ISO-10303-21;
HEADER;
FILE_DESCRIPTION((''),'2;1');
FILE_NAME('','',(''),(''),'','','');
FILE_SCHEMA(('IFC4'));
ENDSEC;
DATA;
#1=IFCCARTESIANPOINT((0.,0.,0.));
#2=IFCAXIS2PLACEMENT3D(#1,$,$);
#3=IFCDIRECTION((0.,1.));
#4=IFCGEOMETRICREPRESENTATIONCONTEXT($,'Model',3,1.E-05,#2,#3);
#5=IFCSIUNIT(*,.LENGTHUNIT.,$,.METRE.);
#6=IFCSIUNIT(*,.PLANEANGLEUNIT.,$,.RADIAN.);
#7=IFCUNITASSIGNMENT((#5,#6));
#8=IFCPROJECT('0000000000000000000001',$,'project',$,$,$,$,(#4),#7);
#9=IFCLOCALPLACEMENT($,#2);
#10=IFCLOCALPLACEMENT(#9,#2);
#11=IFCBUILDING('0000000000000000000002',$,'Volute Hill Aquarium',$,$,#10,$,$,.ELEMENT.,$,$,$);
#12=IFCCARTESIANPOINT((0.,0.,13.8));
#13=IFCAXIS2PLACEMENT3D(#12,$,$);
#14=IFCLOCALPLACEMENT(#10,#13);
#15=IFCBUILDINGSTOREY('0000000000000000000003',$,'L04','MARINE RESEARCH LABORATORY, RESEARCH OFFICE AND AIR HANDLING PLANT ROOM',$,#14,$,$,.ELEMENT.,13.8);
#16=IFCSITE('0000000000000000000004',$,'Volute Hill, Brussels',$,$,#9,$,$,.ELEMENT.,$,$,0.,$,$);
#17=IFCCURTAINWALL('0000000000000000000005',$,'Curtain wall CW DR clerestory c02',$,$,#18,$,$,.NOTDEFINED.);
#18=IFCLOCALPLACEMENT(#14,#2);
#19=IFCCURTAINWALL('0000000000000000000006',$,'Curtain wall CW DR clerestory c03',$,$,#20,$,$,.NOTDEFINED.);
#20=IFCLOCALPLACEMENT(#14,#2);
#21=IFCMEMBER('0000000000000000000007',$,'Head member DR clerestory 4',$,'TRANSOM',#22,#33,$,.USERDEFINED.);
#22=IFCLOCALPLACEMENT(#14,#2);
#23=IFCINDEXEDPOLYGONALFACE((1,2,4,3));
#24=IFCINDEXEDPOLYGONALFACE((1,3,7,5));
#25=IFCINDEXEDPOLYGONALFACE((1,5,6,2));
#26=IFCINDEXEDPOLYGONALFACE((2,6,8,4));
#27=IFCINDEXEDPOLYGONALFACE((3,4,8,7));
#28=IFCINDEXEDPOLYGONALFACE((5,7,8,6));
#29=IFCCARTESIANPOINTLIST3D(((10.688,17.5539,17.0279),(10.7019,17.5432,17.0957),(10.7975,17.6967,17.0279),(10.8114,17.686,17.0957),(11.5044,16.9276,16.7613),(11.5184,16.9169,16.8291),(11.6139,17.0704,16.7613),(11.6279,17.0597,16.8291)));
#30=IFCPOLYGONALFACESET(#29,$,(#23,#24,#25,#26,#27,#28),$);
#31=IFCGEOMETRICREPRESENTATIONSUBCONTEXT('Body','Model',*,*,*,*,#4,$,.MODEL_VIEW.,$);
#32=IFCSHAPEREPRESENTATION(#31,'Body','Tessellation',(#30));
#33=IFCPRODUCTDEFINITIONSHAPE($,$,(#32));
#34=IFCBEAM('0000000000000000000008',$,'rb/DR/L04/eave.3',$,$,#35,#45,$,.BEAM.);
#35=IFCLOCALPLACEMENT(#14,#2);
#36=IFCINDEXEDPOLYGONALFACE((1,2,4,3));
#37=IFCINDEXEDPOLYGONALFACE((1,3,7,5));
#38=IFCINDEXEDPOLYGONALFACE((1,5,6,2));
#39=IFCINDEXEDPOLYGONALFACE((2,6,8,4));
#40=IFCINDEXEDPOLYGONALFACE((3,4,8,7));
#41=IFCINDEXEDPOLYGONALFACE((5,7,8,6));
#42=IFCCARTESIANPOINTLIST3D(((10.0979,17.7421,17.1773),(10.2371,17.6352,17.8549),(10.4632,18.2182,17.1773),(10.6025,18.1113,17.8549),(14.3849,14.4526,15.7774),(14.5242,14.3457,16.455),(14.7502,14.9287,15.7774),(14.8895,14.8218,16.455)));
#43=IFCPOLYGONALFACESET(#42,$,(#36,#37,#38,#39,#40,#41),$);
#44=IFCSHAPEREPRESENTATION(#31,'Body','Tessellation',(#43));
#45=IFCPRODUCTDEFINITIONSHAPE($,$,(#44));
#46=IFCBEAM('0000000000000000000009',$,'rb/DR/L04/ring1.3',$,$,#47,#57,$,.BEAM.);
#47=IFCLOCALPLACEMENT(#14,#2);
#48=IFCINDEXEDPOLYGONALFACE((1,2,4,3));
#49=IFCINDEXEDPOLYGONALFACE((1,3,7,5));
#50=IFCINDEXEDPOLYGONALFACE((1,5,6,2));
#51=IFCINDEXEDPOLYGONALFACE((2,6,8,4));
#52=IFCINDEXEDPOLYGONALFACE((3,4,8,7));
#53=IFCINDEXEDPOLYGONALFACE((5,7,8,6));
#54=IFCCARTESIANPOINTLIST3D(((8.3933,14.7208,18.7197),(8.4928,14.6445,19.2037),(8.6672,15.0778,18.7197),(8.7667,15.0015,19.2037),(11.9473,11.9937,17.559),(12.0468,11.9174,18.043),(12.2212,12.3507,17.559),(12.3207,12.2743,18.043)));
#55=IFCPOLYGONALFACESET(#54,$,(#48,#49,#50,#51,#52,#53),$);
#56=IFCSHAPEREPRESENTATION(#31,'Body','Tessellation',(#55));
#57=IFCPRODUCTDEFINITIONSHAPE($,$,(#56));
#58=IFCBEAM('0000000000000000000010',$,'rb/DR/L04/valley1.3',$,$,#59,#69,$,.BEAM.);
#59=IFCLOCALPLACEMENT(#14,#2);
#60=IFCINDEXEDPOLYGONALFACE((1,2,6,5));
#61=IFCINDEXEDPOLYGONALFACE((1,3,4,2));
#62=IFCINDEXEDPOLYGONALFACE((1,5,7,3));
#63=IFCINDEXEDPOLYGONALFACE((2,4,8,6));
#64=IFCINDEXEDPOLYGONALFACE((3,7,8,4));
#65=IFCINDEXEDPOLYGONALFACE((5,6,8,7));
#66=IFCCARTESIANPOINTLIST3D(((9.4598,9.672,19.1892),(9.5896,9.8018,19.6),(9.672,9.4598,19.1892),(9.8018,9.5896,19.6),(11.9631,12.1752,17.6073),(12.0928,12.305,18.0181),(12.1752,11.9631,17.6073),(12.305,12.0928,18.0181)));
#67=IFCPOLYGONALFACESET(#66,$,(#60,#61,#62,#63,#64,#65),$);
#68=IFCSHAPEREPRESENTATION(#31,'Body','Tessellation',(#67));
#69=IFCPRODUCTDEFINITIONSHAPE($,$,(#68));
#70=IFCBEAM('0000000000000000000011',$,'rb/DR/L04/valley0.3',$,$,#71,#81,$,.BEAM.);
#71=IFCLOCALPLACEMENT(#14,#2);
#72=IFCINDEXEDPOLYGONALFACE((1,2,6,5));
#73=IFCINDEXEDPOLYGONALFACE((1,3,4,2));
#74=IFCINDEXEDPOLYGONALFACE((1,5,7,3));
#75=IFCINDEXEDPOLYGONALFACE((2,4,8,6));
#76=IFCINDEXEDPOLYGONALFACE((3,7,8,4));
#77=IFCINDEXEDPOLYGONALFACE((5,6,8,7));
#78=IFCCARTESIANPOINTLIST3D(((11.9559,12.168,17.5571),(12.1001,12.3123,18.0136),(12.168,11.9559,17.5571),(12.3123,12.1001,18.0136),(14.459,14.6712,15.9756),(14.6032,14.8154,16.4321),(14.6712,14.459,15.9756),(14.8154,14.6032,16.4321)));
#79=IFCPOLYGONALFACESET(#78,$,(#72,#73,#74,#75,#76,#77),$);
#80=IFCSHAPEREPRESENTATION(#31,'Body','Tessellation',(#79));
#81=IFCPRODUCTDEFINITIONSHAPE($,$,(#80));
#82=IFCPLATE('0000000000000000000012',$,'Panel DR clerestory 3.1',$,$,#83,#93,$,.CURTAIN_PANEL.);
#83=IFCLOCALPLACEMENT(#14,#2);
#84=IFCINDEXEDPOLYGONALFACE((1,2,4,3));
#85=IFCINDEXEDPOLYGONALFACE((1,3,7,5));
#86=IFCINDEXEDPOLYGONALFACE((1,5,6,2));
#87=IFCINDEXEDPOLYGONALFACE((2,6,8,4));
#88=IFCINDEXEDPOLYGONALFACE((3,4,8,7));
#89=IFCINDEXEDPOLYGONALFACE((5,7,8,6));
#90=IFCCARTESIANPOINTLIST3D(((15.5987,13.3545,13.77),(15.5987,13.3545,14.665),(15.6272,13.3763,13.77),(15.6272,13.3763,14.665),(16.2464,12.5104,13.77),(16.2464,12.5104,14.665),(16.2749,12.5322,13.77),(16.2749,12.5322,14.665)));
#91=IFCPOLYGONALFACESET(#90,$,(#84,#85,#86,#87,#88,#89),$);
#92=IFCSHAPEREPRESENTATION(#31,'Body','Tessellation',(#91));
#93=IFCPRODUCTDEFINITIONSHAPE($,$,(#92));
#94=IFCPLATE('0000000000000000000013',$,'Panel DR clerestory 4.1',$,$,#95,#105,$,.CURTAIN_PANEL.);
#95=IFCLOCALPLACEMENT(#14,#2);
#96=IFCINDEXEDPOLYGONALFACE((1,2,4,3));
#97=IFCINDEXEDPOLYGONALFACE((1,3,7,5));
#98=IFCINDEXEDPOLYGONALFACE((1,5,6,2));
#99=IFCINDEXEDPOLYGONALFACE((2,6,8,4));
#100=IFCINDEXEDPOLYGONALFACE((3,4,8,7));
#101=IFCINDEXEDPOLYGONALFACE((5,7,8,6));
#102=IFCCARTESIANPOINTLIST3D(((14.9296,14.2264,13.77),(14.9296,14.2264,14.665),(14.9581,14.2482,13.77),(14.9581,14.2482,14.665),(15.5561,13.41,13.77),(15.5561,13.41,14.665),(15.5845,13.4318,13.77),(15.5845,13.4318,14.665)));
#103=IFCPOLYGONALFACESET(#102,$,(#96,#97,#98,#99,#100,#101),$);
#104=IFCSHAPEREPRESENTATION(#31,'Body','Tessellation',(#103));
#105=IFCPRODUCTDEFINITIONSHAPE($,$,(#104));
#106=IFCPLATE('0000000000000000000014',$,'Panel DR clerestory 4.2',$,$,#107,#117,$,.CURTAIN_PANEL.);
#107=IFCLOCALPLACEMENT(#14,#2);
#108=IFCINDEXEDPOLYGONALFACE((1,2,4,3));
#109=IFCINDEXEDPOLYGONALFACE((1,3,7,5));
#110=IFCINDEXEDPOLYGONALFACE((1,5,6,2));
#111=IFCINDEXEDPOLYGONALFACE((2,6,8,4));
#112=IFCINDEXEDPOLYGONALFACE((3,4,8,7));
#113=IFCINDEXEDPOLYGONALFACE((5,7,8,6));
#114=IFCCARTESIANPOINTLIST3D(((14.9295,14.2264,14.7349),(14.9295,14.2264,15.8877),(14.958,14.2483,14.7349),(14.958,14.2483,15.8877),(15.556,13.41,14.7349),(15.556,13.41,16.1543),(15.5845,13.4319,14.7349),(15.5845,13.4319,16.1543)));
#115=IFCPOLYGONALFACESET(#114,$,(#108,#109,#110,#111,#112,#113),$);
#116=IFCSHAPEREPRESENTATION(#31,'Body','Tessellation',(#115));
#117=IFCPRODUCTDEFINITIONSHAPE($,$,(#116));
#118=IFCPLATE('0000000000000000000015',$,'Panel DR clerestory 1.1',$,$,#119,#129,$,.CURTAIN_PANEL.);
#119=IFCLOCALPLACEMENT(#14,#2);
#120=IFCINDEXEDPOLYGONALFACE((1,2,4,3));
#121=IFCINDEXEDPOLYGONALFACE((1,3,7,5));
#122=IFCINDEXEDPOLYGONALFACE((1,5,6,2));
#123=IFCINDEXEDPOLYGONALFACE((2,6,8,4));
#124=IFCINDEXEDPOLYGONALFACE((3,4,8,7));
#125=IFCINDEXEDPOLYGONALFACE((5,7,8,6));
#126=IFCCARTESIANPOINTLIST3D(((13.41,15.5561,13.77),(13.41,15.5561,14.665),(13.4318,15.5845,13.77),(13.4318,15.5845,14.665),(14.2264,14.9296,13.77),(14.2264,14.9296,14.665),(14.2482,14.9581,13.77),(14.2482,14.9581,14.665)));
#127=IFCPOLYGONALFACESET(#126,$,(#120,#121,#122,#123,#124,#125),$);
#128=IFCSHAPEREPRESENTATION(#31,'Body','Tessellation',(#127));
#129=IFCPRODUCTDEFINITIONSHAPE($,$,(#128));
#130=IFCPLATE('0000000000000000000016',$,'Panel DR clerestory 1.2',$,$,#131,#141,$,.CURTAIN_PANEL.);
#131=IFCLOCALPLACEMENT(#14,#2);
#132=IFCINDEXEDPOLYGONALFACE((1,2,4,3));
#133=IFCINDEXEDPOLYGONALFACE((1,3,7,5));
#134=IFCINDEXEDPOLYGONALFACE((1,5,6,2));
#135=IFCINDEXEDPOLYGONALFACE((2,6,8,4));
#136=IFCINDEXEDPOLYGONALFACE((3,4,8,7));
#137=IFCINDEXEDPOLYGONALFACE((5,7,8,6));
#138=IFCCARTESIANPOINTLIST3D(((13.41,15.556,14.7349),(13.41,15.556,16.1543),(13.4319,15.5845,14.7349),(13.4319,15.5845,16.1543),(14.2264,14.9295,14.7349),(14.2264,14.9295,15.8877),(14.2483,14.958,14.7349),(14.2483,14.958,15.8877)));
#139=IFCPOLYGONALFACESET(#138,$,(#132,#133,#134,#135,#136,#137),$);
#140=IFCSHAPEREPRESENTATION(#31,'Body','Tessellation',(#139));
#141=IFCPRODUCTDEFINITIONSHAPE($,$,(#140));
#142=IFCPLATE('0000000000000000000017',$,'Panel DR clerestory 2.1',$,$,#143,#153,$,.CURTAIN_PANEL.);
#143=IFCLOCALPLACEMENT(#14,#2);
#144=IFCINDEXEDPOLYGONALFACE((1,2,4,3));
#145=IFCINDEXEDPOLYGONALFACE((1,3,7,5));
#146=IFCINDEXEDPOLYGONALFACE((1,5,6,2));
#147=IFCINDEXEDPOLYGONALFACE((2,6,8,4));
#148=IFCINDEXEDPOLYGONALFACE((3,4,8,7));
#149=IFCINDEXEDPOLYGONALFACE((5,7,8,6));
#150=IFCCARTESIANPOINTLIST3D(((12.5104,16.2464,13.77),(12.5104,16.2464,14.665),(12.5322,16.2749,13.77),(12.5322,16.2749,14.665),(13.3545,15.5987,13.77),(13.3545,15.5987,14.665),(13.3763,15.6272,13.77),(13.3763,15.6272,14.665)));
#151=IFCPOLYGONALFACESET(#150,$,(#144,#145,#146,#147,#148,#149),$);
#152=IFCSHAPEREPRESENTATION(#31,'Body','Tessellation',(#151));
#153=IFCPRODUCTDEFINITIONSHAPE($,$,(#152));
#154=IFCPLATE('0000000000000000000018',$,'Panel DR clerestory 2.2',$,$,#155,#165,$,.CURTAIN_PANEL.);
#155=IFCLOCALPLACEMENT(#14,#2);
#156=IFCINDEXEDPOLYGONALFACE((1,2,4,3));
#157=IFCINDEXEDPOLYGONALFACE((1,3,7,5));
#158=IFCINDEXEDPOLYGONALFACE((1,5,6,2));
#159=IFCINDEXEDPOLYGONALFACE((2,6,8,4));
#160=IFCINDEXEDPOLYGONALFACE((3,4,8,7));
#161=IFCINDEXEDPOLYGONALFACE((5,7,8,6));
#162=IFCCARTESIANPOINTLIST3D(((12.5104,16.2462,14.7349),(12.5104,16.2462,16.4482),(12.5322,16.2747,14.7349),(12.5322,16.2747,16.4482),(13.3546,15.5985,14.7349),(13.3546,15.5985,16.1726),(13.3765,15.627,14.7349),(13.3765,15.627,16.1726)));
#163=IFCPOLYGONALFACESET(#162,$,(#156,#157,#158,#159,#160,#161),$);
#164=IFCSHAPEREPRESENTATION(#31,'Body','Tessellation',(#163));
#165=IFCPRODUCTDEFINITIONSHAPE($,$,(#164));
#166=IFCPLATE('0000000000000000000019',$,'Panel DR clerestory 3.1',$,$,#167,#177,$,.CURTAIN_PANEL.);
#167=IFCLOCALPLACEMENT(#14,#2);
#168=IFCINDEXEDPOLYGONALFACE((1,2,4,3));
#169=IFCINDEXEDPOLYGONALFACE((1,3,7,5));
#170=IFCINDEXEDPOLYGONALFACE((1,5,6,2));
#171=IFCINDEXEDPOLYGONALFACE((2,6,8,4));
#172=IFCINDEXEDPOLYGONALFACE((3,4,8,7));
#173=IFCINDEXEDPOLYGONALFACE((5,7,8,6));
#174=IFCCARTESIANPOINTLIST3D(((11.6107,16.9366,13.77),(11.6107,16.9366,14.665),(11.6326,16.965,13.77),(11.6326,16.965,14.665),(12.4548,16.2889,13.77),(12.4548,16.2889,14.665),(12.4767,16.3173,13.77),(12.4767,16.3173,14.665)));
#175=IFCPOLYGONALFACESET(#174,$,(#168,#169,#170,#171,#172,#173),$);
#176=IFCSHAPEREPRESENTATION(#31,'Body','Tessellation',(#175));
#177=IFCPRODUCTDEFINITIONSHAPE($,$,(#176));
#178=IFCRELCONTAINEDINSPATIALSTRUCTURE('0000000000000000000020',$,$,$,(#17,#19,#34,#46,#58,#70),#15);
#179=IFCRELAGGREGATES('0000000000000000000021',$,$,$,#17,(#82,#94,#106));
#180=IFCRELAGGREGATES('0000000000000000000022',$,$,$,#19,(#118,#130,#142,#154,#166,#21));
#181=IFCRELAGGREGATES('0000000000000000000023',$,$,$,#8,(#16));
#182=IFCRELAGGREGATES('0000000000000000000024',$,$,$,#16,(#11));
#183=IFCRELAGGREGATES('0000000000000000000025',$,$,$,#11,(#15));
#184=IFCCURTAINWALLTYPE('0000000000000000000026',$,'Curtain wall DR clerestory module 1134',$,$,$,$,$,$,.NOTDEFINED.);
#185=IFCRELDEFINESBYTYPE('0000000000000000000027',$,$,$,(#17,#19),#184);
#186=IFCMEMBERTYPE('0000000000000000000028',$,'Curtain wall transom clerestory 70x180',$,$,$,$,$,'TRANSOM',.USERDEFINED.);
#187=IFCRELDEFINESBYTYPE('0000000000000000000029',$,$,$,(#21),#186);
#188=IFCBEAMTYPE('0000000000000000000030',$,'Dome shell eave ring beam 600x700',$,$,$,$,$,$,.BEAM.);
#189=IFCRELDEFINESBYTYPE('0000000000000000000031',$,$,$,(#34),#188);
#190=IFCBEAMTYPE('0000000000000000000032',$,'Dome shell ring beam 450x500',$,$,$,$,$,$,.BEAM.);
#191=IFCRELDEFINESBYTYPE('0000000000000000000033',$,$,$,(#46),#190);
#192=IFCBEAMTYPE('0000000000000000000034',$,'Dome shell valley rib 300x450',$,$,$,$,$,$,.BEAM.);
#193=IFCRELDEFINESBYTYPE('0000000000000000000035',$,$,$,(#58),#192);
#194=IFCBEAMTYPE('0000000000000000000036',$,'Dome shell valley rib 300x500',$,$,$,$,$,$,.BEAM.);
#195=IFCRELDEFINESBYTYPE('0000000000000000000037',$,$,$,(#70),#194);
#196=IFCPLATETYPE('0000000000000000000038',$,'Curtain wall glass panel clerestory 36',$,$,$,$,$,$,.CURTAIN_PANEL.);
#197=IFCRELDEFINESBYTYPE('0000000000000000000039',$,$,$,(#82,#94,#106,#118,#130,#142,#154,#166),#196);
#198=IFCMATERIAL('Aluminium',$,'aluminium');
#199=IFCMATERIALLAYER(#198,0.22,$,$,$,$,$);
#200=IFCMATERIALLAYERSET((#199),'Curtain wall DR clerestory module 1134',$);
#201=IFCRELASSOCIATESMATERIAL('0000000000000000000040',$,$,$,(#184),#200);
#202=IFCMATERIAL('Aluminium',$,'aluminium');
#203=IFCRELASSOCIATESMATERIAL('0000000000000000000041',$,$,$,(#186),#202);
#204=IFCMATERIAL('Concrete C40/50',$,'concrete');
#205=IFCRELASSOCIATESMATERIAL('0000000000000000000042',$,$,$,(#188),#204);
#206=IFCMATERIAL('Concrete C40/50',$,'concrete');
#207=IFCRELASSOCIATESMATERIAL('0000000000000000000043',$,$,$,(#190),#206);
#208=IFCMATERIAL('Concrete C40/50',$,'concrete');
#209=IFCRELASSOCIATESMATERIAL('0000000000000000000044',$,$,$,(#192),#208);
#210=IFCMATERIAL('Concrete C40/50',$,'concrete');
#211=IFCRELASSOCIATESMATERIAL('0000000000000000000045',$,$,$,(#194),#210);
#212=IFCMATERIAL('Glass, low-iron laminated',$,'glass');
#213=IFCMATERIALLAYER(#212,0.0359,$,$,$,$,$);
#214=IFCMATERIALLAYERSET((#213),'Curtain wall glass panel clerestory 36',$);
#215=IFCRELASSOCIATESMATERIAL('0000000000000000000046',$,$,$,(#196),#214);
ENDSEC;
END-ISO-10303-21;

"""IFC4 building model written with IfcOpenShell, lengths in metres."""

from ifc_helpers import new_model, si_unit, direction, frame, origin, origin_2d, place, context, subcontext, project, spatial, polyline, rectangle, outline, extrude, material, layer, layer_set, material_profile, profile_set, type_object, element, aggregate, save


model = new_model("IFC4")

# Units and contexts
model_context = context("Model", 3, precision=1e-05, world=origin(), true_north=direction((0.0, 1.0)))
body_context = subcontext(model_context, "Body", "Model", "MODEL_VIEW")
ifc_project = project(units=[si_unit("LENGTHUNIT", "METRE"), si_unit("PLANEANGLEUNIT", "RADIAN")], contexts=[model_context])

# Site, building, storey
site_placement = place(None, origin())
site = spatial("IfcSite", under=ifc_project, at=site_placement, Name="Volute Hill, Brussels", CompositionType="ELEMENT", RefElevation=0.0)
building_placement = place(site_placement, origin())
building = spatial("IfcBuilding", under=site, at=building_placement, Name="Volute Hill Aquarium", CompositionType="ELEMENT")
storey_placement = place(building_placement, frame((0.0, 0.0, 13.8)))
storey = spatial("IfcBuildingStorey", under=building, at=storey_placement, Name="L04", Description="MARINE RESEARCH LABORATORY, RESEARCH OFFICE AND AIR HANDLING PLANT ROOM", CompositionType="ELEMENT", Elevation=13.8)

# Curtain walls, member
ifc_material_1 = material(Name="Aluminium", Category="aluminium")
ifc_layer_1 = layer(ifc_material_1, 0.22)
ifc_layer_set_1 = layer_set([ifc_layer_1], Name="Curtain wall DR clerestory module 1134")
curtain_wall_type = type_object("IfcCurtainWallType", Name="Curtain wall DR clerestory module 1134", PredefinedType="NOTDEFINED", material=ifc_layer_set_1)
curtain_wall_1_placement = place(storey_placement, origin())
curtain_wall_1 = element("IfcCurtainWall", 1, at=curtain_wall_1_placement, inside=storey, type_object=curtain_wall_type, Name="Curtain wall CW DR clerestory c02", PredefinedType="NOTDEFINED")
ifc_material_2 = material(Name="Aluminium", Category="aluminium")
ifc_material_profile_1 = material_profile(ifc_material_2, rectangle(XDim=0.1799, YDim=0.0701, at=origin_2d()), Name="Curtain wall transom clerestory 70x180")
ifc_profile_set_1 = profile_set([ifc_material_profile_1], Name="Aluminium")
member_type = type_object("IfcMemberType", Name="Curtain wall transom clerestory 70x180", ElementType="TRANSOM", PredefinedType="USERDEFINED", material=ifc_profile_set_1)
curtain_wall_2_placement = place(storey_placement, origin())
curtain_wall_2 = element("IfcCurtainWall", 2, at=curtain_wall_2_placement, inside=storey, type_object=curtain_wall_type, Name="Curtain wall CW DR clerestory c03", PredefinedType="NOTDEFINED")
member_1_placement = place(storey_placement, frame((11.5662, 16.9937, 16.7952), z_axis=(-0.768096, 0.589165, 0.250826), x_axis=(-0.608621, -0.793461, 0.0)))
member_1 = element("IfcMember", 3, at=member_1_placement, type_object=member_type, Name="Head member DR clerestory 4", ObjectType="TRANSOM", PredefinedType="USERDEFINED", context=body_context, shape_type="SweptSolid", body=[
    extrude(rectangle(XDim=0.1799, YDim=0.0701, at=origin_2d()), origin(), (0.0, 0.0, 1.0), 1.063),
])

# Beams
ifc_material_3 = material(Name="Concrete C40/50", Category="concrete")
ifc_material_profile_2 = material_profile(ifc_material_3, rectangle(XDim=0.6001, YDim=0.7, at=origin_2d()), Name="RC beam 600x700")
ifc_profile_set_2 = profile_set([ifc_material_profile_2], Name="Concrete C40/50")
beam_type_1 = type_object("IfcBeamType", Name="Dome shell eave ring beam 600x700", PredefinedType="BEAM", material=ifc_profile_set_2)
beam_1_placement = place(storey_placement, frame((14.6372, 14.6372, 16.1162), z_axis=(-0.768006, 0.5893, 0.250783), x_axis=(-0.608754, -0.793359, 0.0)))
element("IfcBeam", 4, at=beam_1_placement, inside=storey, type_object=beam_type_1, Name="rb/DR/L04/eave.3", PredefinedType="BEAM", context=body_context, shape_type="SweptSolid", body=[
    extrude(rectangle(XDim=0.6001, YDim=0.7, at=origin_2d()), origin(), (0.0, 0.0, 1.0), 5.582),
])
ifc_material_4 = material(Name="Concrete C40/50", Category="concrete")
ifc_material_profile_3 = material_profile(ifc_material_4, rectangle(XDim=0.45, YDim=0.5, at=origin_2d()), Name="RC beam 450x500")
ifc_profile_set_3 = profile_set([ifc_material_profile_3], Name="Concrete C40/50")
beam_type_2 = type_object("IfcBeamType", Name="Dome shell ring beam 450x500", PredefinedType="BEAM", material=ifc_profile_set_3)
beam_2_placement = place(storey_placement, frame((12.134, 12.134, 17.801), z_axis=(-0.767994, 0.589304, 0.25081), x_axis=(-0.608762, -0.793353, 0.0)))
element("IfcBeam", 5, at=beam_2_placement, inside=storey, type_object=beam_type_2, Name="rb/DR/L04/ring1.3", PredefinedType="BEAM", context=body_context, shape_type="SweptSolid", body=[
    extrude(rectangle(XDim=0.45, YDim=0.5, at=origin_2d()), origin(), (0.0, 0.0, 1.0), 4.6277),
])
ifc_material_5 = material(Name="Concrete C40/50", Category="concrete")
ifc_material_profile_4 = material_profile(ifc_material_5, rectangle(XDim=0.3, YDim=0.45, at=origin_2d()), Name="RC rib 300x450")
ifc_profile_set_4 = profile_set([ifc_material_profile_4], Name="Concrete C40/50")
beam_type_3 = type_object("IfcBeamType", Name="Dome shell valley rib 300x450", PredefinedType="BEAM", material=ifc_profile_set_4)
beam_3_placement = place(storey_placement, frame((12.134, 12.134, 17.8127), z_axis=(-0.64559, -0.64559, 0.407956), x_axis=(0.707107, -0.707107, 0.0)))
element("IfcBeam", 6, at=beam_3_placement, inside=storey, type_object=beam_type_3, Name="rb/DR/L04/valley1.3", PredefinedType="BEAM", context=body_context, shape_type="SweptSolid", body=[
    extrude(rectangle(XDim=0.3, YDim=0.45, at=origin_2d()), origin(), (0.0, 0.0, 1.0), 3.8774),
])
ifc_material_6 = material(Name="Concrete C40/50", Category="concrete")
ifc_material_profile_5 = material_profile(ifc_material_6, rectangle(XDim=0.3, YDim=0.5, at=origin_2d()), Name="RC rib 300x500")
ifc_profile_set_5 = profile_set([ifc_material_profile_5], Name="Concrete C40/50")
beam_type_4 = type_object("IfcBeamType", Name="Dome shell valley rib 300x500", PredefinedType="BEAM", material=ifc_profile_set_5)
beam_4_placement = place(storey_placement, frame((14.6372, 14.6372, 16.2039), z_axis=(-0.645606, -0.645606, 0.407904), x_axis=(0.707107, -0.707107, 0.0)))
element("IfcBeam", 7, at=beam_4_placement, inside=storey, type_object=beam_type_4, Name="rb/DR/L04/valley0.3", PredefinedType="BEAM", context=body_context, shape_type="SweptSolid", body=[
    extrude(rectangle(XDim=0.3, YDim=0.5, at=origin_2d()), origin(), (0.0, 0.0, 1.0), 3.8772),
])

# Plates
ifc_material_7 = material(Name="Glass, low-iron laminated", Category="glass")
ifc_layer_2 = layer(ifc_material_7, 0.0359)
ifc_layer_set_2 = layer_set([ifc_layer_2], Name="Curtain wall glass panel clerestory 36")
plate_type = type_object("IfcPlateType", Name="Curtain wall glass panel clerestory 36", PredefinedType="CURTAIN_PANEL", material=ifc_layer_set_2)
plate_1_placement = place(storey_placement, frame((15.9368, 12.9434, 13.77), z_axis=(0.0, 0.0, 1.0), x_axis=(-0.608761, 0.793354, 0.0)))
plate_1 = element("IfcPlate", 8, at=plate_1_placement, type_object=plate_type, Name="Panel DR clerestory 3.1", PredefinedType="CURTAIN_PANEL", context=body_context, shape_type="SweptSolid", body=[
    extrude(rectangle(XDim=1.064, YDim=0.0359, at=origin_2d()), origin(), (0.0, 0.0, 1.0), 0.895),
])
plate_2_placement = place(storey_placement, frame((15.2571, 13.8291, 13.77), z_axis=(0.0, 0.0, 1.0), x_axis=(-0.608761, 0.793354, 0.0)))
plate_2 = element("IfcPlate", 9, at=plate_2_placement, type_object=plate_type, Name="Panel DR clerestory 4.1", PredefinedType="CURTAIN_PANEL", context=body_context, shape_type="SweptSolid", body=[
    extrude(rectangle(XDim=1.0291, YDim=0.0359, at=origin_2d()), origin(), (0.0, 0.0, 1.0), 0.895),
])
plate_3_placement = place(storey_placement, frame((15.5845, 13.4319, 14.7349), z_axis=(0.793347, 0.60877, 0.0), x_axis=(-0.60877, 0.793347, 0.0)))
plate_3 = element("IfcPlate", 10, at=plate_3_placement, type_object=plate_type, Name="Panel DR clerestory 4.2", PredefinedType="CURTAIN_PANEL", context=body_context, shape_type="SweptSolid", body=[
    extrude(outline(polyline([(0.0, 0.0), (1.0291, 0.0), (1.0291, 1.1528), (0.0, 1.4194), (0.0, 0.0)])), origin(), (0.0, 0.0, -1.0), 0.0359),
])
aggregate(curtain_wall_1, [plate_1, plate_2, plate_3])
plate_4_placement = place(storey_placement, frame((13.8291, 15.2571, 13.77), z_axis=(0.0, 0.0, 1.0), x_axis=(-0.793354, 0.608761, 0.0)))
plate_4 = element("IfcPlate", 11, at=plate_4_placement, type_object=plate_type, Name="Panel DR clerestory 1.1", PredefinedType="CURTAIN_PANEL", context=body_context, shape_type="SweptSolid", body=[
    extrude(rectangle(XDim=1.0291, YDim=0.0359, at=origin_2d()), origin(), (0.0, 0.0, 1.0), 0.895),
])
plate_5_placement = place(storey_placement, frame((14.2483, 14.958, 14.7349), z_axis=(0.60877, 0.793347, 0.0), x_axis=(-0.793347, 0.60877, 0.0)))
plate_5 = element("IfcPlate", 12, at=plate_5_placement, type_object=plate_type, Name="Panel DR clerestory 1.2", PredefinedType="CURTAIN_PANEL", context=body_context, shape_type="SweptSolid", body=[
    extrude(outline(polyline([(0.0, 0.0), (1.0291, 0.0), (1.0291, 1.4194), (0.0, 1.1528), (0.0, 0.0)])), origin(), (0.0, 0.0, -1.0), 0.0359),
])
plate_6_placement = place(storey_placement, frame((12.9434, 15.9368, 13.77), z_axis=(0.0, 0.0, 1.0), x_axis=(-0.793354, 0.608761, 0.0)))
plate_6 = element("IfcPlate", 13, at=plate_6_placement, type_object=plate_type, Name="Panel DR clerestory 2.1", PredefinedType="CURTAIN_PANEL", context=body_context, shape_type="SweptSolid", body=[
    extrude(rectangle(XDim=1.064, YDim=0.0359, at=origin_2d()), origin(), (0.0, 0.0, 1.0), 0.895),
])
plate_7_placement = place(storey_placement, frame((13.3765, 15.627, 14.7349), z_axis=(0.608701, 0.7934, 0.0), x_axis=(-0.7934, 0.608701, 0.0)))
plate_7 = element("IfcPlate", 14, at=plate_7_placement, type_object=plate_type, Name="Panel DR clerestory 2.2", PredefinedType="CURTAIN_PANEL", context=body_context, shape_type="SweptSolid", body=[
    extrude(outline(polyline([(0.0, 0.0), (1.0641, 0.0), (1.0641, 1.7134), (0.0, 1.4377), (0.0, 0.0)])), origin(), (0.0, 0.0, -1.0), 0.0359),
])
plate_8_placement = place(storey_placement, frame((12.0437, 16.627, 13.77), z_axis=(0.0, 0.0, 1.0), x_axis=(-0.793354, 0.608761, 0.0)))
plate_8 = element("IfcPlate", 15, at=plate_8_placement, type_object=plate_type, Name="Panel DR clerestory 3.1", PredefinedType="CURTAIN_PANEL", context=body_context, shape_type="SweptSolid", body=[
    extrude(rectangle(XDim=1.064, YDim=0.0359, at=origin_2d()), origin(), (0.0, 0.0, 1.0), 0.895),
])
aggregate(curtain_wall_2, [plate_4, plate_5, plate_6, plate_7, plate_8, member_1])

save(model, "model.ifc")
